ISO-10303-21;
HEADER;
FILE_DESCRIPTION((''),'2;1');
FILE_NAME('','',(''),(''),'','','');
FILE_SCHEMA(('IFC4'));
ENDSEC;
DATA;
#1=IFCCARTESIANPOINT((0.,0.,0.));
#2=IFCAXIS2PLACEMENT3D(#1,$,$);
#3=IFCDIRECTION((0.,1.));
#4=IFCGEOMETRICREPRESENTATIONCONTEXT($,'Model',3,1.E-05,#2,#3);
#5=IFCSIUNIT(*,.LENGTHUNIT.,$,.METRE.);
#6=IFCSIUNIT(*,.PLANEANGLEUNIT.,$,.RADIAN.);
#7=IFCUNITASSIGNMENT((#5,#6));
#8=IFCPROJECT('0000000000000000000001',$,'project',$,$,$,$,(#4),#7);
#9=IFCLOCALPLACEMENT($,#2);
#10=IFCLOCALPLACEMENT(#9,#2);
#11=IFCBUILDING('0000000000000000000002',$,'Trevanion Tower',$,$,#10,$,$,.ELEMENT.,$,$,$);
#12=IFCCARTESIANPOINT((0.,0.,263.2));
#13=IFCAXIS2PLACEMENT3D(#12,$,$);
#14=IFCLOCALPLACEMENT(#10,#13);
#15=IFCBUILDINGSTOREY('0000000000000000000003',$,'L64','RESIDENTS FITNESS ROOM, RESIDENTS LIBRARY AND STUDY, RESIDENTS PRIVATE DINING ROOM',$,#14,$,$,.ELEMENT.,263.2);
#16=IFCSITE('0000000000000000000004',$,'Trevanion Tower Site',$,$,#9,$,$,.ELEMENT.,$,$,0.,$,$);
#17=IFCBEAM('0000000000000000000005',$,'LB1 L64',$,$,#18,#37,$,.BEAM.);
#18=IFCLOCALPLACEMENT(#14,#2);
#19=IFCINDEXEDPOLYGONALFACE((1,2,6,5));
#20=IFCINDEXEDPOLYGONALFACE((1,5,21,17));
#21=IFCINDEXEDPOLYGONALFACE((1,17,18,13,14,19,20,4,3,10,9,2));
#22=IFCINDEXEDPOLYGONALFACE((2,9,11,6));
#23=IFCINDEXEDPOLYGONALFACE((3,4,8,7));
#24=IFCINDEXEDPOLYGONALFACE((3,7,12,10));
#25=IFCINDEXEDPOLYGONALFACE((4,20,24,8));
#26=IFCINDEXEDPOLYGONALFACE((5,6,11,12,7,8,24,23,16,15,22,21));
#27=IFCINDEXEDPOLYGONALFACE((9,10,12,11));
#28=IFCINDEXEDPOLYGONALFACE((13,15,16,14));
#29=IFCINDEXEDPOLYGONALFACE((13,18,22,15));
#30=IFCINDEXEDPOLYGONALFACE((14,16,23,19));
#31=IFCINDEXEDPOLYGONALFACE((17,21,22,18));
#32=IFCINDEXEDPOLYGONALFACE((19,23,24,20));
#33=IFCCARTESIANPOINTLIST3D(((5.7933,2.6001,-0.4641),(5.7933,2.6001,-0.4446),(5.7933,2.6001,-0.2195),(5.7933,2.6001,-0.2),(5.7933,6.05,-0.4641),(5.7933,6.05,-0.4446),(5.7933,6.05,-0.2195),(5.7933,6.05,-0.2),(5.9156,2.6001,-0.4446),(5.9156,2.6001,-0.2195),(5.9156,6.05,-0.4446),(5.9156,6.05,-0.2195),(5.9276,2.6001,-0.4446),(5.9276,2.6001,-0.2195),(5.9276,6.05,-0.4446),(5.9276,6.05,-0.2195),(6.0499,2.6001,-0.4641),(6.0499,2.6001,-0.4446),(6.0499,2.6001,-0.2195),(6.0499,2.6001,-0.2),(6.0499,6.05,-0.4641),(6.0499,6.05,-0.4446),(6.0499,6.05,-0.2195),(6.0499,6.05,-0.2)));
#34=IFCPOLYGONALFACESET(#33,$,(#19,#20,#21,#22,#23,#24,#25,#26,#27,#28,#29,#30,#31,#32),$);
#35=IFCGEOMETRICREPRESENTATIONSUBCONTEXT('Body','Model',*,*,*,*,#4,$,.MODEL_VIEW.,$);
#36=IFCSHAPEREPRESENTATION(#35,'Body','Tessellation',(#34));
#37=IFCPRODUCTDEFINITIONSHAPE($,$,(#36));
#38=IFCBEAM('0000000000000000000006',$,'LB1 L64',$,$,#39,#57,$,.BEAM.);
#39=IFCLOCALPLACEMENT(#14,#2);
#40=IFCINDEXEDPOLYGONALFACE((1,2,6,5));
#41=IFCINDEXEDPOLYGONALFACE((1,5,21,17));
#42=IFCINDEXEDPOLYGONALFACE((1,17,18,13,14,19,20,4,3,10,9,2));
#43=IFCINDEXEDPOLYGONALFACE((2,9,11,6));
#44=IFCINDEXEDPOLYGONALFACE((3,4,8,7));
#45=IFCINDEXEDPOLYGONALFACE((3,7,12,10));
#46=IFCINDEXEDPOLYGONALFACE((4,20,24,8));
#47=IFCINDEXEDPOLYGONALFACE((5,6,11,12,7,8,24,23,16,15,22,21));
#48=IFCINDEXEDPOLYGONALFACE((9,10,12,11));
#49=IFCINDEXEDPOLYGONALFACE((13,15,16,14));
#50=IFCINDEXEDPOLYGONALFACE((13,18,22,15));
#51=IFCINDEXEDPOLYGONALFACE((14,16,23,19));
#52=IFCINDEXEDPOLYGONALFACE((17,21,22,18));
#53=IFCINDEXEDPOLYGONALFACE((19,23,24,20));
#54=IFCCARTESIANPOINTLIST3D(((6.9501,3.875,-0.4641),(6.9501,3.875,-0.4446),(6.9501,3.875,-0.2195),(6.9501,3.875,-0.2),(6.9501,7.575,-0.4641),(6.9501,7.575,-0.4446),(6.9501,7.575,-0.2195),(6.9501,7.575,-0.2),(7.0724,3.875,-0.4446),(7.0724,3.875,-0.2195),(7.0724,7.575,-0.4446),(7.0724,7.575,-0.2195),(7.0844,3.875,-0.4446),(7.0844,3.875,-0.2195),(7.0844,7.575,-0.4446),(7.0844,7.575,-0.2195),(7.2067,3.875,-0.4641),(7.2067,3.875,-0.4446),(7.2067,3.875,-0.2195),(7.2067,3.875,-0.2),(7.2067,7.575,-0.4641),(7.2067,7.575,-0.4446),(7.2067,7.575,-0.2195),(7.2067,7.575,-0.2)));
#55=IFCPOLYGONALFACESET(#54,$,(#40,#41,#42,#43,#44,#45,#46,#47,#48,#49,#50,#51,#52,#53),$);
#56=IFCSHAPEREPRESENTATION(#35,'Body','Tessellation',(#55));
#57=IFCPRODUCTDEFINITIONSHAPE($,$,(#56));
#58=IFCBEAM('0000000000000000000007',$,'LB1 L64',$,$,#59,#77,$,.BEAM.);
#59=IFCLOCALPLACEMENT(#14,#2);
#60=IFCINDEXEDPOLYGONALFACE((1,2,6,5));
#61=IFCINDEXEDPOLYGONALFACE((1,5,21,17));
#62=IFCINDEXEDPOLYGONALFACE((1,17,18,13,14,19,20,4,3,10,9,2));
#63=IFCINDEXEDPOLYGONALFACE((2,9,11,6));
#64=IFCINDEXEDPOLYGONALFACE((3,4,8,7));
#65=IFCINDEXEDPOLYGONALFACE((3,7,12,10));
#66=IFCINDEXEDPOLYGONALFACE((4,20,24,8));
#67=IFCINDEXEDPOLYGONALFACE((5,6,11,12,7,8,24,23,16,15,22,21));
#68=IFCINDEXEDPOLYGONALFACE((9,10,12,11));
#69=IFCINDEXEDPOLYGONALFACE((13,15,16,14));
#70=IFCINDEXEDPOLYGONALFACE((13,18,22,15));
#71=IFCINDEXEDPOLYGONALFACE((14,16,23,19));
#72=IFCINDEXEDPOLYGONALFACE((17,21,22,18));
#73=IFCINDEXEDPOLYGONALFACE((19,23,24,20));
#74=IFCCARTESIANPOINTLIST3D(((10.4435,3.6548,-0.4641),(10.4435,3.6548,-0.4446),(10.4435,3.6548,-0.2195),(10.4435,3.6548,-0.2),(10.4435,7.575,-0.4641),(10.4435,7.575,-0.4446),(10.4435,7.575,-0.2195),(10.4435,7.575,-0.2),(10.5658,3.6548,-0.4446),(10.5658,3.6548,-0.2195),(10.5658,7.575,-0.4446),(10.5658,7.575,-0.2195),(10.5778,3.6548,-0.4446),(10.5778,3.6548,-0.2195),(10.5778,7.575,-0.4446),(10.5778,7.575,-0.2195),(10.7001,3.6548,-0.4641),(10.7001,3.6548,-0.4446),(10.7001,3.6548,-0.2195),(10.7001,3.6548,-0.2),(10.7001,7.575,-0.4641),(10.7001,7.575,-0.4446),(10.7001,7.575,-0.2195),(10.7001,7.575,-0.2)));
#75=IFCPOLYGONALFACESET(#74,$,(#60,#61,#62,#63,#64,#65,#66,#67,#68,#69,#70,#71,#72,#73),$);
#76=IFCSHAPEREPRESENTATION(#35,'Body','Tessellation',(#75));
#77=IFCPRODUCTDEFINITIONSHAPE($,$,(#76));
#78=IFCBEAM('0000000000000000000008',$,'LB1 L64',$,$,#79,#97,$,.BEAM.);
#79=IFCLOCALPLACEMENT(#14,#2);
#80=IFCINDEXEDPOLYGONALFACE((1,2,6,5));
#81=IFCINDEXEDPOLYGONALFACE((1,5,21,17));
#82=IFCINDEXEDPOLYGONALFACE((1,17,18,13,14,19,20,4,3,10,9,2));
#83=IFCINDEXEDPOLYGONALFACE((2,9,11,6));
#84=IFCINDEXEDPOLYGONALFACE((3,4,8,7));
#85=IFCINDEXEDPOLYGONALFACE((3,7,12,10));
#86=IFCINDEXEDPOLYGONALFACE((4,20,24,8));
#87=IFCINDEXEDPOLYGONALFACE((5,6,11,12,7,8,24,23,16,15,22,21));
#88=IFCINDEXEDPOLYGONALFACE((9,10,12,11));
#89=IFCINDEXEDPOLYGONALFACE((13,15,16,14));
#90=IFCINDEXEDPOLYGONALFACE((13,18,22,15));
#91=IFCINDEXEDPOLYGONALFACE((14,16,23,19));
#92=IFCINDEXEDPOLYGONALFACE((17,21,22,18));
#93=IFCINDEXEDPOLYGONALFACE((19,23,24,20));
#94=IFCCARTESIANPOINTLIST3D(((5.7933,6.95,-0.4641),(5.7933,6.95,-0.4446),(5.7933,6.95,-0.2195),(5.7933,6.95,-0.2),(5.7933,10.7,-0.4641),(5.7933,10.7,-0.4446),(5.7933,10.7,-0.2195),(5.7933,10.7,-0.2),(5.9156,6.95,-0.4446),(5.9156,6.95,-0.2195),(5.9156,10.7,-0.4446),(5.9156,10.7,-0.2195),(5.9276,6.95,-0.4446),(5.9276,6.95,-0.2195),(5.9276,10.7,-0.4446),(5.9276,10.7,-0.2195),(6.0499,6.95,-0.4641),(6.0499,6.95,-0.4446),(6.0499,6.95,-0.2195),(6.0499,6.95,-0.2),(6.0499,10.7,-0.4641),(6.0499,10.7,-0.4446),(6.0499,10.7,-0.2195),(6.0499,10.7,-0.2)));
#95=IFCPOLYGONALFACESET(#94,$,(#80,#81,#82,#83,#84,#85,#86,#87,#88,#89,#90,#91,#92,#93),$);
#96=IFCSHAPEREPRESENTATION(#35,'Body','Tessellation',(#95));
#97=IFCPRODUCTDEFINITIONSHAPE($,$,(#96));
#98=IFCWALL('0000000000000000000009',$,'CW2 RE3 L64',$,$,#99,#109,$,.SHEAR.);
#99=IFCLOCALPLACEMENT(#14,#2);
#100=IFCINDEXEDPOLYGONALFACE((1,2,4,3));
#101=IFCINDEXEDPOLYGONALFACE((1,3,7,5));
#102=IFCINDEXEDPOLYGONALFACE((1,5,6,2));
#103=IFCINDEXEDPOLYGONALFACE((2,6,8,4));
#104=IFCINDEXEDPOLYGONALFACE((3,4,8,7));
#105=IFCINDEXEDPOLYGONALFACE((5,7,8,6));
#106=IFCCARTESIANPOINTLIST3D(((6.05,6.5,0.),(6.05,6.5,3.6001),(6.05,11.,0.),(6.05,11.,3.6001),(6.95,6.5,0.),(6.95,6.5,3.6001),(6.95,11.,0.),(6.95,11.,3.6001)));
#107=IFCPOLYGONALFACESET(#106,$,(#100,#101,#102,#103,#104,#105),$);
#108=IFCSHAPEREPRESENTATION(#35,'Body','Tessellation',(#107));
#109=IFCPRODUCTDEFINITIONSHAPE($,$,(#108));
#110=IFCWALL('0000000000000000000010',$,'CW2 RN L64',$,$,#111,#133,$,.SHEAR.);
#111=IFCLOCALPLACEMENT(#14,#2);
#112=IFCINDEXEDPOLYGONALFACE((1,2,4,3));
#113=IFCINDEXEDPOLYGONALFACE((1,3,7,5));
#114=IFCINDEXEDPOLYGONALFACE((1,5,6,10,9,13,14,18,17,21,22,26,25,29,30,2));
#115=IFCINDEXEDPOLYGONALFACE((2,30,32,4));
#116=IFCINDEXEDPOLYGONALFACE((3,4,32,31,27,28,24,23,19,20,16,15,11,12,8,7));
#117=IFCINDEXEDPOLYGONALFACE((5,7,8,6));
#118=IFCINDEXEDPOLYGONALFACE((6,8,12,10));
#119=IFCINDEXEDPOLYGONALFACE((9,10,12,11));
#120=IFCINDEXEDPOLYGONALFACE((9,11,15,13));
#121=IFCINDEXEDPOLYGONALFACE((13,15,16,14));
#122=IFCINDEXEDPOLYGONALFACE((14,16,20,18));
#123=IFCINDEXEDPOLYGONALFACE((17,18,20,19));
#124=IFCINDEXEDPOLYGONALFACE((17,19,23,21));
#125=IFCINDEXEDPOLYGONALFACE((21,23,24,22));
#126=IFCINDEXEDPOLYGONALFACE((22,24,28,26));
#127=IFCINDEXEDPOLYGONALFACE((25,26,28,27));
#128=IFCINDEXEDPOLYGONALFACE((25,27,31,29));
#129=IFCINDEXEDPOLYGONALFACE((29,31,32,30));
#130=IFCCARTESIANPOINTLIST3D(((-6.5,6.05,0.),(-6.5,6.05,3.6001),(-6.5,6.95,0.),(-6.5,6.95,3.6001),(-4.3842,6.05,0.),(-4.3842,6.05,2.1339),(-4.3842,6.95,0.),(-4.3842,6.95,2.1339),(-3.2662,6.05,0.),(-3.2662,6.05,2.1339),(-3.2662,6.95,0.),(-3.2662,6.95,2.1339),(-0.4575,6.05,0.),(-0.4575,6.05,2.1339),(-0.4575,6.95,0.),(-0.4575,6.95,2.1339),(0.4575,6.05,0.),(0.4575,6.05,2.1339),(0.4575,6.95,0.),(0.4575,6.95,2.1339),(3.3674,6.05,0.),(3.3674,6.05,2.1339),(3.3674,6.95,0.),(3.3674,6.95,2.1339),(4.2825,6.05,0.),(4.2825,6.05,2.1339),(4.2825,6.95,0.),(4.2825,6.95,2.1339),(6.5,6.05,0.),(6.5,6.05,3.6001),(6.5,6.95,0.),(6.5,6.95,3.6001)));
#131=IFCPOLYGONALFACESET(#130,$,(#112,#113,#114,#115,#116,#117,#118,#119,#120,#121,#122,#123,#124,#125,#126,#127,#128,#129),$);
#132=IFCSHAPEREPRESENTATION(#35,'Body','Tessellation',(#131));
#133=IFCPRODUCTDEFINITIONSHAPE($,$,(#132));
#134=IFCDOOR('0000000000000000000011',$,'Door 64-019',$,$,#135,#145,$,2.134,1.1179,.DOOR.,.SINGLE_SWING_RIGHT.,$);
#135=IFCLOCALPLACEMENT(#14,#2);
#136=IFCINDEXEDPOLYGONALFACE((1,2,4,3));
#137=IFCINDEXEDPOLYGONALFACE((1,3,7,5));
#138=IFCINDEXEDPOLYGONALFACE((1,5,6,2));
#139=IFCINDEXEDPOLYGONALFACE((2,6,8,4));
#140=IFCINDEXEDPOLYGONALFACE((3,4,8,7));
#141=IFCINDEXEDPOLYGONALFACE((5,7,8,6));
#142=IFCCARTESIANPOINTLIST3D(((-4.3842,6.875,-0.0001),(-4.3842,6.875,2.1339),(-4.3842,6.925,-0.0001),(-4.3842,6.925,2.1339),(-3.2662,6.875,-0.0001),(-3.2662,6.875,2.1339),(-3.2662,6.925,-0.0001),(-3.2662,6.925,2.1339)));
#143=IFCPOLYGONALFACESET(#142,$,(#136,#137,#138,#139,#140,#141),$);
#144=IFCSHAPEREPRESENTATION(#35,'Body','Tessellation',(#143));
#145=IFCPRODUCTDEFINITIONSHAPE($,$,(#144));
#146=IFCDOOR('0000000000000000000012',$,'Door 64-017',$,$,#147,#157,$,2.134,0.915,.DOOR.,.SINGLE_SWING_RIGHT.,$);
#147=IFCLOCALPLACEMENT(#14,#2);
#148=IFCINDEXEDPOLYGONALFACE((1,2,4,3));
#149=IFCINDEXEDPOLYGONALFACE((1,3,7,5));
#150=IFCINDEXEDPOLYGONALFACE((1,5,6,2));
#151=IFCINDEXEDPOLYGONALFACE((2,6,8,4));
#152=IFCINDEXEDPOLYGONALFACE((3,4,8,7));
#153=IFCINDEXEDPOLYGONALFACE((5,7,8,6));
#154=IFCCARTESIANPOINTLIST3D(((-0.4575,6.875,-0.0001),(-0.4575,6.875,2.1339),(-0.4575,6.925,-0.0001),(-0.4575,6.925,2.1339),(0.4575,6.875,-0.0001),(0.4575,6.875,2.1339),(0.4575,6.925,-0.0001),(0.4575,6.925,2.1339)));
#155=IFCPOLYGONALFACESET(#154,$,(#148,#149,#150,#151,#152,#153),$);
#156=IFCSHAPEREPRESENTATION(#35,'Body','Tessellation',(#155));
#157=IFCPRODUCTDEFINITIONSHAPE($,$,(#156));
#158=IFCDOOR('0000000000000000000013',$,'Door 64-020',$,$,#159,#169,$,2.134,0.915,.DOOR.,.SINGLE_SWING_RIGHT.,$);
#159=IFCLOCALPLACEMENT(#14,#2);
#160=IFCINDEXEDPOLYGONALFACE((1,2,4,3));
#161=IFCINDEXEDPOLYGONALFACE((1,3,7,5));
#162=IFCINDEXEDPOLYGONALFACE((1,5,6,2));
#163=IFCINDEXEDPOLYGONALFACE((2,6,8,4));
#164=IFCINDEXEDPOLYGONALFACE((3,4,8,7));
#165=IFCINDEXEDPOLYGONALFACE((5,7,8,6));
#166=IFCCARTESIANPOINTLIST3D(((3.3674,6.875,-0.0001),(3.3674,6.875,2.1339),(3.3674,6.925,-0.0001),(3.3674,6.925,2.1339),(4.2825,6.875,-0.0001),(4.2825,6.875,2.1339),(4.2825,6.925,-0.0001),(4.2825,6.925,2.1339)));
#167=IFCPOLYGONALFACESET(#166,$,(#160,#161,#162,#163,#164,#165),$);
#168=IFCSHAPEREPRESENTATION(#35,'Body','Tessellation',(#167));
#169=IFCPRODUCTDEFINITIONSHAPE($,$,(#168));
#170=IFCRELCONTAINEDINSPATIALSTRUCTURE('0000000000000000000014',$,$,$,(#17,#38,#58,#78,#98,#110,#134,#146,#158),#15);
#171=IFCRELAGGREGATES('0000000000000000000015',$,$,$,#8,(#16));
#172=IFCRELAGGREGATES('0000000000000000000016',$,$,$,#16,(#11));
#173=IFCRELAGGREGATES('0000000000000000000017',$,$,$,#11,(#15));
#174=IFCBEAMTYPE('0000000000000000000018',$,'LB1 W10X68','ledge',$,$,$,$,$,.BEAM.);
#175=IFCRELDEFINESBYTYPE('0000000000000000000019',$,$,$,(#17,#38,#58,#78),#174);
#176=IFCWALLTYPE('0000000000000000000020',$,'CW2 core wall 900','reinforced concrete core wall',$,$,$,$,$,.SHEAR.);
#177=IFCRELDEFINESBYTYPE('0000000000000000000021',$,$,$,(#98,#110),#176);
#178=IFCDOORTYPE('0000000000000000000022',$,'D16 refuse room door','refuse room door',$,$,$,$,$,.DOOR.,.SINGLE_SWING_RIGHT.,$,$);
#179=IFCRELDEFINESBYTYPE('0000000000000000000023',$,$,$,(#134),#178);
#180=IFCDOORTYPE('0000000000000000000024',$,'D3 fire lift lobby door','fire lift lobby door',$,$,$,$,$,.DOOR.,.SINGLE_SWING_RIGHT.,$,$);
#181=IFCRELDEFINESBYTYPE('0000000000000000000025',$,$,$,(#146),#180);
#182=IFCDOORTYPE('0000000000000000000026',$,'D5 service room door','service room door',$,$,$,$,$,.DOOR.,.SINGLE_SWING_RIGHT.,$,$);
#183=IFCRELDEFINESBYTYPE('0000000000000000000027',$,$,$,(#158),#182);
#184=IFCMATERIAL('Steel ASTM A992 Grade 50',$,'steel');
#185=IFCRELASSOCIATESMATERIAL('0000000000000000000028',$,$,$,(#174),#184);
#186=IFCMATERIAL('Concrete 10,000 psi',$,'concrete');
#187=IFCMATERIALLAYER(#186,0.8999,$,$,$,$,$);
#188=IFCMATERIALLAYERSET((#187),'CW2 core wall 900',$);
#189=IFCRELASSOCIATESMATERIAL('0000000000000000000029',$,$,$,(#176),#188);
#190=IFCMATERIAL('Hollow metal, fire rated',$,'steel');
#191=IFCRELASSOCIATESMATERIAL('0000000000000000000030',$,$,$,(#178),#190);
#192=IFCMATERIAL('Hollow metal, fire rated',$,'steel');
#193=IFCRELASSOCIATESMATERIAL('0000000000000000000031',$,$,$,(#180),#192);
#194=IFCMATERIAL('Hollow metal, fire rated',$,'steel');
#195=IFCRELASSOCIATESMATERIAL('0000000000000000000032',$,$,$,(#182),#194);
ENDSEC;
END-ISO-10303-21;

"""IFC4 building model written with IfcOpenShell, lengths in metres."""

from ifc_helpers import new_model, si_unit, direction, frame, frame_2d, origin, origin_2d, place, context, subcontext, project, spatial, rectangle, i_section, extrude, material, layer, layer_set, material_profile, profile_set, type_object, element, fill, save


model = new_model("IFC4")

# Units and contexts
model_context = context("Model", 3, precision=1e-05, world=origin(), true_north=direction((0.0, 1.0)))
body_context = subcontext(model_context, "Body", "Model", "MODEL_VIEW")
ifc_project = project(units=[si_unit("LENGTHUNIT", "METRE"), si_unit("PLANEANGLEUNIT", "RADIAN")], contexts=[model_context])

# Site, building, storey
site_placement = place(None, origin())
site = spatial("IfcSite", under=ifc_project, at=site_placement, Name="Trevanion Tower Site", CompositionType="ELEMENT", RefElevation=0.0)
building_placement = place(site_placement, origin())
building = spatial("IfcBuilding", under=site, at=building_placement, Name="Trevanion Tower", CompositionType="ELEMENT")
storey_placement = place(building_placement, frame((0.0, 0.0, 263.2)))
storey = spatial("IfcBuildingStorey", under=building, at=storey_placement, Name="L64", Description="RESIDENTS FITNESS ROOM, RESIDENTS LIBRARY AND STUDY, RESIDENTS PRIVATE DINING ROOM", CompositionType="ELEMENT", Elevation=263.2)

# Beams
ifc_material_1 = material(Name="Steel ASTM A992 Grade 50", Category="steel")
ifc_material_profile = material_profile(ifc_material_1, i_section(OverallWidth=0.2566, OverallDepth=0.2642, WebThickness=0.012, FlangeThickness=0.0195, at=origin_2d()), Name="W10X68")
ifc_profile_set = profile_set([ifc_material_profile], Name="Steel ASTM A992 Grade 50")
beam_type = type_object("IfcBeamType", Name="LB1 W10X68", Description="ledge", PredefinedType="BEAM", material=ifc_profile_set)
beam_1_placement = place(storey_placement, frame((5.9216, 2.6001, -0.332), z_axis=(0.0, 1.0, 0.0), x_axis=(-1.0, 0.0, 0.0)))
element("IfcBeam", 1, at=beam_1_placement, inside=storey, type_object=beam_type, Name="LB1 L64", PredefinedType="BEAM", context=body_context, shape_type="SweptSolid", body=[
    extrude(i_section(OverallWidth=0.2566, OverallDepth=0.2642, WebThickness=0.012, FlangeThickness=0.0195, at=origin_2d()), origin(), (0.0, 0.0, 1.0), 3.45),
])
beam_2_placement = place(storey_placement, frame((7.0784, 3.875, -0.332), z_axis=(0.0, 1.0, 0.0), x_axis=(-1.0, 0.0, 0.0)))
element("IfcBeam", 2, at=beam_2_placement, inside=storey, type_object=beam_type, Name="LB1 L64", PredefinedType="BEAM", context=body_context, shape_type="SweptSolid", body=[
    extrude(i_section(OverallWidth=0.2566, OverallDepth=0.2642, WebThickness=0.012, FlangeThickness=0.0195, at=origin_2d()), origin(), (0.0, 0.0, 1.0), 3.7),
])
beam_3_placement = place(storey_placement, frame((10.5718, 3.6548, -0.332), z_axis=(0.0, 1.0, 0.0), x_axis=(-1.0, 0.0, 0.0)))
element("IfcBeam", 3, at=beam_3_placement, inside=storey, type_object=beam_type, Name="LB1 L64", PredefinedType="BEAM", context=body_context, shape_type="SweptSolid", body=[
    extrude(i_section(OverallWidth=0.2566, OverallDepth=0.2642, WebThickness=0.012, FlangeThickness=0.0195, at=origin_2d()), origin(), (0.0, 0.0, 1.0), 3.9202),
])
beam_4_placement = place(storey_placement, frame((5.9216, 6.95, -0.332), z_axis=(0.0, 1.0, 0.0), x_axis=(-1.0, 0.0, 0.0)))
element("IfcBeam", 4, at=beam_4_placement, inside=storey, type_object=beam_type, Name="LB1 L64", PredefinedType="BEAM", context=body_context, shape_type="SweptSolid", body=[
    extrude(i_section(OverallWidth=0.2566, OverallDepth=0.2642, WebThickness=0.012, FlangeThickness=0.0195, at=origin_2d()), origin(), (0.0, 0.0, 1.0), 3.75),
])

# Wall
ifc_material_2 = material(Name="Concrete 10,000 psi", Category="concrete")
ifc_layer_1 = layer(ifc_material_2, 0.8999)
ifc_layer_set_1 = layer_set([ifc_layer_1], Name="CW2 core wall 900")
wall_type_1 = type_object("IfcWallType", Name="CW2 core wall 900", Description="reinforced concrete core wall", PredefinedType="SHEAR", material=ifc_layer_set_1)
wall_1_placement = place(storey_placement, frame((6.5, 6.5, 0.0), z_axis=(0.0, 0.0, 1.0), x_axis=(0.0, 1.0, 0.0)))
element("IfcWall", 5, at=wall_1_placement, inside=storey, type_object=wall_type_1, Name="CW2 RE3 L64", PredefinedType="SHEAR", context=body_context, shape_type="SweptSolid", body=[
    extrude(rectangle(XDim=4.5, YDim=0.8999, at=frame_2d((2.25, 0.0))), origin(), (0.0, 0.0, 1.0), 3.6001),
])

# Wall, openings, doors
wall_2_placement = place(storey_placement, frame((6.5, 6.5, 0.0), z_axis=(0.0, 0.0, 1.0), x_axis=(-1.0, 0.0, 0.0)))
wall_2 = element("IfcWall", 6, at=wall_2_placement, inside=storey, type_object=wall_type_1, Name="CW2 RN L64", PredefinedType="SHEAR", context=body_context, shape_type="SweptSolid", body=[
    extrude(rectangle(XDim=13.0, YDim=0.8999, at=frame_2d((6.5, 0.0))), origin(), (0.0, 0.0, 1.0), 3.6001),
])
opening_1_placement = place(wall_2_placement, frame((6.0425, 0.0, 0.0)))
opening_1 = element("IfcOpeningElement", 7, at=opening_1_placement, cuts=wall_2, PredefinedType="OPENING", context=body_context, shape_type="SweptSolid", body=[
    extrude(rectangle(XDim=0.915, YDim=2.134, at=frame_2d((0.4575, 1.0669))), frame((0.0, 0.46, 0.0), z_axis=(0.0, -1.0, 0.0), x_axis=(1.0, 0.0, 0.0)), (0.0, 0.0, 1.0), 0.9199),
])
opening_2_placement = place(wall_2_placement, frame((9.7661, 0.0, 0.0)))
opening_2 = element("IfcOpeningElement", 8, at=opening_2_placement, cuts=wall_2, PredefinedType="OPENING", context=body_context, shape_type="SweptSolid", body=[
    extrude(rectangle(XDim=1.1179, YDim=2.134, at=frame_2d((0.5591, 1.0669))), frame((0.0, 0.46, 0.0), z_axis=(0.0, -1.0, 0.0), x_axis=(1.0, 0.0, 0.0)), (0.0, 0.0, 1.0), 0.9199),
])
opening_3_placement = place(wall_2_placement, frame((2.2175, 0.0, 0.0)))
opening_3 = element("IfcOpeningElement", 9, at=opening_3_placement, cuts=wall_2, PredefinedType="OPENING", context=body_context, shape_type="SweptSolid", body=[
    extrude(rectangle(XDim=0.915, YDim=2.134, at=frame_2d((0.4575, 1.0669))), frame((0.0, 0.46, 0.0), z_axis=(0.0, -1.0, 0.0), x_axis=(1.0, 0.0, 0.0)), (0.0, 0.0, 1.0), 0.9199),
])
ifc_material_3 = material(Name="Hollow metal, fire rated", Category="steel")
door_type_1 = type_object("IfcDoorType", Name="D16 refuse room door", Description="refuse room door", OperationType="SINGLE_SWING_RIGHT", PredefinedType="DOOR", material=ifc_material_3)
door_1_placement = place(opening_2_placement, origin())
door_1 = element("IfcDoor", 10, at=door_1_placement, inside=storey, type_object=door_type_1, Name="Door 64-019", OperationType="SINGLE_SWING_RIGHT", OverallHeight=2.134, OverallWidth=1.1179, PredefinedType="DOOR", context=body_context, shape_type="SweptSolid", body=[
    extrude(rectangle(XDim=1.1179, YDim=2.134, at=frame_2d((0.5591, 1.0669))), frame((0.0, -0.375, 0.0), z_axis=(0.0, -1.0, 0.0), x_axis=(1.0, 0.0, 0.0)), (0.0, 0.0, 1.0), 0.05),
])
fill(opening_2, door_1)
ifc_material_4 = material(Name="Hollow metal, fire rated", Category="steel")
door_type_2 = type_object("IfcDoorType", Name="D3 fire lift lobby door", Description="fire lift lobby door", OperationType="SINGLE_SWING_RIGHT", PredefinedType="DOOR", material=ifc_material_4)
door_2_placement = place(opening_1_placement, origin())
door_2 = element("IfcDoor", 11, at=door_2_placement, inside=storey, type_object=door_type_2, Name="Door 64-017", OperationType="SINGLE_SWING_RIGHT", OverallHeight=2.134, OverallWidth=0.915, PredefinedType="DOOR", context=body_context, shape_type="SweptSolid", body=[
    extrude(rectangle(XDim=0.915, YDim=2.134, at=frame_2d((0.4575, 1.0669))), frame((0.0, -0.375, 0.0), z_axis=(0.0, -1.0, 0.0), x_axis=(1.0, 0.0, 0.0)), (0.0, 0.0, 1.0), 0.05),
])
fill(opening_1, door_2)
ifc_material_5 = material(Name="Hollow metal, fire rated", Category="steel")
door_type_3 = type_object("IfcDoorType", Name="D5 service room door", Description="service room door", OperationType="SINGLE_SWING_RIGHT", PredefinedType="DOOR", material=ifc_material_5)
door_3_placement = place(opening_3_placement, origin())
door_3 = element("IfcDoor", 12, at=door_3_placement, inside=storey, type_object=door_type_3, Name="Door 64-020", OperationType="SINGLE_SWING_RIGHT", OverallHeight=2.134, OverallWidth=0.915, PredefinedType="DOOR", context=body_context, shape_type="SweptSolid", body=[
    extrude(rectangle(XDim=0.915, YDim=2.134, at=frame_2d((0.4575, 1.0669))), frame((0.0, -0.375, 0.0), z_axis=(0.0, -1.0, 0.0), x_axis=(1.0, 0.0, 0.0)), (0.0, 0.0, 1.0), 0.05),
])
fill(opening_3, door_3)

save(model, "model.ifc")
